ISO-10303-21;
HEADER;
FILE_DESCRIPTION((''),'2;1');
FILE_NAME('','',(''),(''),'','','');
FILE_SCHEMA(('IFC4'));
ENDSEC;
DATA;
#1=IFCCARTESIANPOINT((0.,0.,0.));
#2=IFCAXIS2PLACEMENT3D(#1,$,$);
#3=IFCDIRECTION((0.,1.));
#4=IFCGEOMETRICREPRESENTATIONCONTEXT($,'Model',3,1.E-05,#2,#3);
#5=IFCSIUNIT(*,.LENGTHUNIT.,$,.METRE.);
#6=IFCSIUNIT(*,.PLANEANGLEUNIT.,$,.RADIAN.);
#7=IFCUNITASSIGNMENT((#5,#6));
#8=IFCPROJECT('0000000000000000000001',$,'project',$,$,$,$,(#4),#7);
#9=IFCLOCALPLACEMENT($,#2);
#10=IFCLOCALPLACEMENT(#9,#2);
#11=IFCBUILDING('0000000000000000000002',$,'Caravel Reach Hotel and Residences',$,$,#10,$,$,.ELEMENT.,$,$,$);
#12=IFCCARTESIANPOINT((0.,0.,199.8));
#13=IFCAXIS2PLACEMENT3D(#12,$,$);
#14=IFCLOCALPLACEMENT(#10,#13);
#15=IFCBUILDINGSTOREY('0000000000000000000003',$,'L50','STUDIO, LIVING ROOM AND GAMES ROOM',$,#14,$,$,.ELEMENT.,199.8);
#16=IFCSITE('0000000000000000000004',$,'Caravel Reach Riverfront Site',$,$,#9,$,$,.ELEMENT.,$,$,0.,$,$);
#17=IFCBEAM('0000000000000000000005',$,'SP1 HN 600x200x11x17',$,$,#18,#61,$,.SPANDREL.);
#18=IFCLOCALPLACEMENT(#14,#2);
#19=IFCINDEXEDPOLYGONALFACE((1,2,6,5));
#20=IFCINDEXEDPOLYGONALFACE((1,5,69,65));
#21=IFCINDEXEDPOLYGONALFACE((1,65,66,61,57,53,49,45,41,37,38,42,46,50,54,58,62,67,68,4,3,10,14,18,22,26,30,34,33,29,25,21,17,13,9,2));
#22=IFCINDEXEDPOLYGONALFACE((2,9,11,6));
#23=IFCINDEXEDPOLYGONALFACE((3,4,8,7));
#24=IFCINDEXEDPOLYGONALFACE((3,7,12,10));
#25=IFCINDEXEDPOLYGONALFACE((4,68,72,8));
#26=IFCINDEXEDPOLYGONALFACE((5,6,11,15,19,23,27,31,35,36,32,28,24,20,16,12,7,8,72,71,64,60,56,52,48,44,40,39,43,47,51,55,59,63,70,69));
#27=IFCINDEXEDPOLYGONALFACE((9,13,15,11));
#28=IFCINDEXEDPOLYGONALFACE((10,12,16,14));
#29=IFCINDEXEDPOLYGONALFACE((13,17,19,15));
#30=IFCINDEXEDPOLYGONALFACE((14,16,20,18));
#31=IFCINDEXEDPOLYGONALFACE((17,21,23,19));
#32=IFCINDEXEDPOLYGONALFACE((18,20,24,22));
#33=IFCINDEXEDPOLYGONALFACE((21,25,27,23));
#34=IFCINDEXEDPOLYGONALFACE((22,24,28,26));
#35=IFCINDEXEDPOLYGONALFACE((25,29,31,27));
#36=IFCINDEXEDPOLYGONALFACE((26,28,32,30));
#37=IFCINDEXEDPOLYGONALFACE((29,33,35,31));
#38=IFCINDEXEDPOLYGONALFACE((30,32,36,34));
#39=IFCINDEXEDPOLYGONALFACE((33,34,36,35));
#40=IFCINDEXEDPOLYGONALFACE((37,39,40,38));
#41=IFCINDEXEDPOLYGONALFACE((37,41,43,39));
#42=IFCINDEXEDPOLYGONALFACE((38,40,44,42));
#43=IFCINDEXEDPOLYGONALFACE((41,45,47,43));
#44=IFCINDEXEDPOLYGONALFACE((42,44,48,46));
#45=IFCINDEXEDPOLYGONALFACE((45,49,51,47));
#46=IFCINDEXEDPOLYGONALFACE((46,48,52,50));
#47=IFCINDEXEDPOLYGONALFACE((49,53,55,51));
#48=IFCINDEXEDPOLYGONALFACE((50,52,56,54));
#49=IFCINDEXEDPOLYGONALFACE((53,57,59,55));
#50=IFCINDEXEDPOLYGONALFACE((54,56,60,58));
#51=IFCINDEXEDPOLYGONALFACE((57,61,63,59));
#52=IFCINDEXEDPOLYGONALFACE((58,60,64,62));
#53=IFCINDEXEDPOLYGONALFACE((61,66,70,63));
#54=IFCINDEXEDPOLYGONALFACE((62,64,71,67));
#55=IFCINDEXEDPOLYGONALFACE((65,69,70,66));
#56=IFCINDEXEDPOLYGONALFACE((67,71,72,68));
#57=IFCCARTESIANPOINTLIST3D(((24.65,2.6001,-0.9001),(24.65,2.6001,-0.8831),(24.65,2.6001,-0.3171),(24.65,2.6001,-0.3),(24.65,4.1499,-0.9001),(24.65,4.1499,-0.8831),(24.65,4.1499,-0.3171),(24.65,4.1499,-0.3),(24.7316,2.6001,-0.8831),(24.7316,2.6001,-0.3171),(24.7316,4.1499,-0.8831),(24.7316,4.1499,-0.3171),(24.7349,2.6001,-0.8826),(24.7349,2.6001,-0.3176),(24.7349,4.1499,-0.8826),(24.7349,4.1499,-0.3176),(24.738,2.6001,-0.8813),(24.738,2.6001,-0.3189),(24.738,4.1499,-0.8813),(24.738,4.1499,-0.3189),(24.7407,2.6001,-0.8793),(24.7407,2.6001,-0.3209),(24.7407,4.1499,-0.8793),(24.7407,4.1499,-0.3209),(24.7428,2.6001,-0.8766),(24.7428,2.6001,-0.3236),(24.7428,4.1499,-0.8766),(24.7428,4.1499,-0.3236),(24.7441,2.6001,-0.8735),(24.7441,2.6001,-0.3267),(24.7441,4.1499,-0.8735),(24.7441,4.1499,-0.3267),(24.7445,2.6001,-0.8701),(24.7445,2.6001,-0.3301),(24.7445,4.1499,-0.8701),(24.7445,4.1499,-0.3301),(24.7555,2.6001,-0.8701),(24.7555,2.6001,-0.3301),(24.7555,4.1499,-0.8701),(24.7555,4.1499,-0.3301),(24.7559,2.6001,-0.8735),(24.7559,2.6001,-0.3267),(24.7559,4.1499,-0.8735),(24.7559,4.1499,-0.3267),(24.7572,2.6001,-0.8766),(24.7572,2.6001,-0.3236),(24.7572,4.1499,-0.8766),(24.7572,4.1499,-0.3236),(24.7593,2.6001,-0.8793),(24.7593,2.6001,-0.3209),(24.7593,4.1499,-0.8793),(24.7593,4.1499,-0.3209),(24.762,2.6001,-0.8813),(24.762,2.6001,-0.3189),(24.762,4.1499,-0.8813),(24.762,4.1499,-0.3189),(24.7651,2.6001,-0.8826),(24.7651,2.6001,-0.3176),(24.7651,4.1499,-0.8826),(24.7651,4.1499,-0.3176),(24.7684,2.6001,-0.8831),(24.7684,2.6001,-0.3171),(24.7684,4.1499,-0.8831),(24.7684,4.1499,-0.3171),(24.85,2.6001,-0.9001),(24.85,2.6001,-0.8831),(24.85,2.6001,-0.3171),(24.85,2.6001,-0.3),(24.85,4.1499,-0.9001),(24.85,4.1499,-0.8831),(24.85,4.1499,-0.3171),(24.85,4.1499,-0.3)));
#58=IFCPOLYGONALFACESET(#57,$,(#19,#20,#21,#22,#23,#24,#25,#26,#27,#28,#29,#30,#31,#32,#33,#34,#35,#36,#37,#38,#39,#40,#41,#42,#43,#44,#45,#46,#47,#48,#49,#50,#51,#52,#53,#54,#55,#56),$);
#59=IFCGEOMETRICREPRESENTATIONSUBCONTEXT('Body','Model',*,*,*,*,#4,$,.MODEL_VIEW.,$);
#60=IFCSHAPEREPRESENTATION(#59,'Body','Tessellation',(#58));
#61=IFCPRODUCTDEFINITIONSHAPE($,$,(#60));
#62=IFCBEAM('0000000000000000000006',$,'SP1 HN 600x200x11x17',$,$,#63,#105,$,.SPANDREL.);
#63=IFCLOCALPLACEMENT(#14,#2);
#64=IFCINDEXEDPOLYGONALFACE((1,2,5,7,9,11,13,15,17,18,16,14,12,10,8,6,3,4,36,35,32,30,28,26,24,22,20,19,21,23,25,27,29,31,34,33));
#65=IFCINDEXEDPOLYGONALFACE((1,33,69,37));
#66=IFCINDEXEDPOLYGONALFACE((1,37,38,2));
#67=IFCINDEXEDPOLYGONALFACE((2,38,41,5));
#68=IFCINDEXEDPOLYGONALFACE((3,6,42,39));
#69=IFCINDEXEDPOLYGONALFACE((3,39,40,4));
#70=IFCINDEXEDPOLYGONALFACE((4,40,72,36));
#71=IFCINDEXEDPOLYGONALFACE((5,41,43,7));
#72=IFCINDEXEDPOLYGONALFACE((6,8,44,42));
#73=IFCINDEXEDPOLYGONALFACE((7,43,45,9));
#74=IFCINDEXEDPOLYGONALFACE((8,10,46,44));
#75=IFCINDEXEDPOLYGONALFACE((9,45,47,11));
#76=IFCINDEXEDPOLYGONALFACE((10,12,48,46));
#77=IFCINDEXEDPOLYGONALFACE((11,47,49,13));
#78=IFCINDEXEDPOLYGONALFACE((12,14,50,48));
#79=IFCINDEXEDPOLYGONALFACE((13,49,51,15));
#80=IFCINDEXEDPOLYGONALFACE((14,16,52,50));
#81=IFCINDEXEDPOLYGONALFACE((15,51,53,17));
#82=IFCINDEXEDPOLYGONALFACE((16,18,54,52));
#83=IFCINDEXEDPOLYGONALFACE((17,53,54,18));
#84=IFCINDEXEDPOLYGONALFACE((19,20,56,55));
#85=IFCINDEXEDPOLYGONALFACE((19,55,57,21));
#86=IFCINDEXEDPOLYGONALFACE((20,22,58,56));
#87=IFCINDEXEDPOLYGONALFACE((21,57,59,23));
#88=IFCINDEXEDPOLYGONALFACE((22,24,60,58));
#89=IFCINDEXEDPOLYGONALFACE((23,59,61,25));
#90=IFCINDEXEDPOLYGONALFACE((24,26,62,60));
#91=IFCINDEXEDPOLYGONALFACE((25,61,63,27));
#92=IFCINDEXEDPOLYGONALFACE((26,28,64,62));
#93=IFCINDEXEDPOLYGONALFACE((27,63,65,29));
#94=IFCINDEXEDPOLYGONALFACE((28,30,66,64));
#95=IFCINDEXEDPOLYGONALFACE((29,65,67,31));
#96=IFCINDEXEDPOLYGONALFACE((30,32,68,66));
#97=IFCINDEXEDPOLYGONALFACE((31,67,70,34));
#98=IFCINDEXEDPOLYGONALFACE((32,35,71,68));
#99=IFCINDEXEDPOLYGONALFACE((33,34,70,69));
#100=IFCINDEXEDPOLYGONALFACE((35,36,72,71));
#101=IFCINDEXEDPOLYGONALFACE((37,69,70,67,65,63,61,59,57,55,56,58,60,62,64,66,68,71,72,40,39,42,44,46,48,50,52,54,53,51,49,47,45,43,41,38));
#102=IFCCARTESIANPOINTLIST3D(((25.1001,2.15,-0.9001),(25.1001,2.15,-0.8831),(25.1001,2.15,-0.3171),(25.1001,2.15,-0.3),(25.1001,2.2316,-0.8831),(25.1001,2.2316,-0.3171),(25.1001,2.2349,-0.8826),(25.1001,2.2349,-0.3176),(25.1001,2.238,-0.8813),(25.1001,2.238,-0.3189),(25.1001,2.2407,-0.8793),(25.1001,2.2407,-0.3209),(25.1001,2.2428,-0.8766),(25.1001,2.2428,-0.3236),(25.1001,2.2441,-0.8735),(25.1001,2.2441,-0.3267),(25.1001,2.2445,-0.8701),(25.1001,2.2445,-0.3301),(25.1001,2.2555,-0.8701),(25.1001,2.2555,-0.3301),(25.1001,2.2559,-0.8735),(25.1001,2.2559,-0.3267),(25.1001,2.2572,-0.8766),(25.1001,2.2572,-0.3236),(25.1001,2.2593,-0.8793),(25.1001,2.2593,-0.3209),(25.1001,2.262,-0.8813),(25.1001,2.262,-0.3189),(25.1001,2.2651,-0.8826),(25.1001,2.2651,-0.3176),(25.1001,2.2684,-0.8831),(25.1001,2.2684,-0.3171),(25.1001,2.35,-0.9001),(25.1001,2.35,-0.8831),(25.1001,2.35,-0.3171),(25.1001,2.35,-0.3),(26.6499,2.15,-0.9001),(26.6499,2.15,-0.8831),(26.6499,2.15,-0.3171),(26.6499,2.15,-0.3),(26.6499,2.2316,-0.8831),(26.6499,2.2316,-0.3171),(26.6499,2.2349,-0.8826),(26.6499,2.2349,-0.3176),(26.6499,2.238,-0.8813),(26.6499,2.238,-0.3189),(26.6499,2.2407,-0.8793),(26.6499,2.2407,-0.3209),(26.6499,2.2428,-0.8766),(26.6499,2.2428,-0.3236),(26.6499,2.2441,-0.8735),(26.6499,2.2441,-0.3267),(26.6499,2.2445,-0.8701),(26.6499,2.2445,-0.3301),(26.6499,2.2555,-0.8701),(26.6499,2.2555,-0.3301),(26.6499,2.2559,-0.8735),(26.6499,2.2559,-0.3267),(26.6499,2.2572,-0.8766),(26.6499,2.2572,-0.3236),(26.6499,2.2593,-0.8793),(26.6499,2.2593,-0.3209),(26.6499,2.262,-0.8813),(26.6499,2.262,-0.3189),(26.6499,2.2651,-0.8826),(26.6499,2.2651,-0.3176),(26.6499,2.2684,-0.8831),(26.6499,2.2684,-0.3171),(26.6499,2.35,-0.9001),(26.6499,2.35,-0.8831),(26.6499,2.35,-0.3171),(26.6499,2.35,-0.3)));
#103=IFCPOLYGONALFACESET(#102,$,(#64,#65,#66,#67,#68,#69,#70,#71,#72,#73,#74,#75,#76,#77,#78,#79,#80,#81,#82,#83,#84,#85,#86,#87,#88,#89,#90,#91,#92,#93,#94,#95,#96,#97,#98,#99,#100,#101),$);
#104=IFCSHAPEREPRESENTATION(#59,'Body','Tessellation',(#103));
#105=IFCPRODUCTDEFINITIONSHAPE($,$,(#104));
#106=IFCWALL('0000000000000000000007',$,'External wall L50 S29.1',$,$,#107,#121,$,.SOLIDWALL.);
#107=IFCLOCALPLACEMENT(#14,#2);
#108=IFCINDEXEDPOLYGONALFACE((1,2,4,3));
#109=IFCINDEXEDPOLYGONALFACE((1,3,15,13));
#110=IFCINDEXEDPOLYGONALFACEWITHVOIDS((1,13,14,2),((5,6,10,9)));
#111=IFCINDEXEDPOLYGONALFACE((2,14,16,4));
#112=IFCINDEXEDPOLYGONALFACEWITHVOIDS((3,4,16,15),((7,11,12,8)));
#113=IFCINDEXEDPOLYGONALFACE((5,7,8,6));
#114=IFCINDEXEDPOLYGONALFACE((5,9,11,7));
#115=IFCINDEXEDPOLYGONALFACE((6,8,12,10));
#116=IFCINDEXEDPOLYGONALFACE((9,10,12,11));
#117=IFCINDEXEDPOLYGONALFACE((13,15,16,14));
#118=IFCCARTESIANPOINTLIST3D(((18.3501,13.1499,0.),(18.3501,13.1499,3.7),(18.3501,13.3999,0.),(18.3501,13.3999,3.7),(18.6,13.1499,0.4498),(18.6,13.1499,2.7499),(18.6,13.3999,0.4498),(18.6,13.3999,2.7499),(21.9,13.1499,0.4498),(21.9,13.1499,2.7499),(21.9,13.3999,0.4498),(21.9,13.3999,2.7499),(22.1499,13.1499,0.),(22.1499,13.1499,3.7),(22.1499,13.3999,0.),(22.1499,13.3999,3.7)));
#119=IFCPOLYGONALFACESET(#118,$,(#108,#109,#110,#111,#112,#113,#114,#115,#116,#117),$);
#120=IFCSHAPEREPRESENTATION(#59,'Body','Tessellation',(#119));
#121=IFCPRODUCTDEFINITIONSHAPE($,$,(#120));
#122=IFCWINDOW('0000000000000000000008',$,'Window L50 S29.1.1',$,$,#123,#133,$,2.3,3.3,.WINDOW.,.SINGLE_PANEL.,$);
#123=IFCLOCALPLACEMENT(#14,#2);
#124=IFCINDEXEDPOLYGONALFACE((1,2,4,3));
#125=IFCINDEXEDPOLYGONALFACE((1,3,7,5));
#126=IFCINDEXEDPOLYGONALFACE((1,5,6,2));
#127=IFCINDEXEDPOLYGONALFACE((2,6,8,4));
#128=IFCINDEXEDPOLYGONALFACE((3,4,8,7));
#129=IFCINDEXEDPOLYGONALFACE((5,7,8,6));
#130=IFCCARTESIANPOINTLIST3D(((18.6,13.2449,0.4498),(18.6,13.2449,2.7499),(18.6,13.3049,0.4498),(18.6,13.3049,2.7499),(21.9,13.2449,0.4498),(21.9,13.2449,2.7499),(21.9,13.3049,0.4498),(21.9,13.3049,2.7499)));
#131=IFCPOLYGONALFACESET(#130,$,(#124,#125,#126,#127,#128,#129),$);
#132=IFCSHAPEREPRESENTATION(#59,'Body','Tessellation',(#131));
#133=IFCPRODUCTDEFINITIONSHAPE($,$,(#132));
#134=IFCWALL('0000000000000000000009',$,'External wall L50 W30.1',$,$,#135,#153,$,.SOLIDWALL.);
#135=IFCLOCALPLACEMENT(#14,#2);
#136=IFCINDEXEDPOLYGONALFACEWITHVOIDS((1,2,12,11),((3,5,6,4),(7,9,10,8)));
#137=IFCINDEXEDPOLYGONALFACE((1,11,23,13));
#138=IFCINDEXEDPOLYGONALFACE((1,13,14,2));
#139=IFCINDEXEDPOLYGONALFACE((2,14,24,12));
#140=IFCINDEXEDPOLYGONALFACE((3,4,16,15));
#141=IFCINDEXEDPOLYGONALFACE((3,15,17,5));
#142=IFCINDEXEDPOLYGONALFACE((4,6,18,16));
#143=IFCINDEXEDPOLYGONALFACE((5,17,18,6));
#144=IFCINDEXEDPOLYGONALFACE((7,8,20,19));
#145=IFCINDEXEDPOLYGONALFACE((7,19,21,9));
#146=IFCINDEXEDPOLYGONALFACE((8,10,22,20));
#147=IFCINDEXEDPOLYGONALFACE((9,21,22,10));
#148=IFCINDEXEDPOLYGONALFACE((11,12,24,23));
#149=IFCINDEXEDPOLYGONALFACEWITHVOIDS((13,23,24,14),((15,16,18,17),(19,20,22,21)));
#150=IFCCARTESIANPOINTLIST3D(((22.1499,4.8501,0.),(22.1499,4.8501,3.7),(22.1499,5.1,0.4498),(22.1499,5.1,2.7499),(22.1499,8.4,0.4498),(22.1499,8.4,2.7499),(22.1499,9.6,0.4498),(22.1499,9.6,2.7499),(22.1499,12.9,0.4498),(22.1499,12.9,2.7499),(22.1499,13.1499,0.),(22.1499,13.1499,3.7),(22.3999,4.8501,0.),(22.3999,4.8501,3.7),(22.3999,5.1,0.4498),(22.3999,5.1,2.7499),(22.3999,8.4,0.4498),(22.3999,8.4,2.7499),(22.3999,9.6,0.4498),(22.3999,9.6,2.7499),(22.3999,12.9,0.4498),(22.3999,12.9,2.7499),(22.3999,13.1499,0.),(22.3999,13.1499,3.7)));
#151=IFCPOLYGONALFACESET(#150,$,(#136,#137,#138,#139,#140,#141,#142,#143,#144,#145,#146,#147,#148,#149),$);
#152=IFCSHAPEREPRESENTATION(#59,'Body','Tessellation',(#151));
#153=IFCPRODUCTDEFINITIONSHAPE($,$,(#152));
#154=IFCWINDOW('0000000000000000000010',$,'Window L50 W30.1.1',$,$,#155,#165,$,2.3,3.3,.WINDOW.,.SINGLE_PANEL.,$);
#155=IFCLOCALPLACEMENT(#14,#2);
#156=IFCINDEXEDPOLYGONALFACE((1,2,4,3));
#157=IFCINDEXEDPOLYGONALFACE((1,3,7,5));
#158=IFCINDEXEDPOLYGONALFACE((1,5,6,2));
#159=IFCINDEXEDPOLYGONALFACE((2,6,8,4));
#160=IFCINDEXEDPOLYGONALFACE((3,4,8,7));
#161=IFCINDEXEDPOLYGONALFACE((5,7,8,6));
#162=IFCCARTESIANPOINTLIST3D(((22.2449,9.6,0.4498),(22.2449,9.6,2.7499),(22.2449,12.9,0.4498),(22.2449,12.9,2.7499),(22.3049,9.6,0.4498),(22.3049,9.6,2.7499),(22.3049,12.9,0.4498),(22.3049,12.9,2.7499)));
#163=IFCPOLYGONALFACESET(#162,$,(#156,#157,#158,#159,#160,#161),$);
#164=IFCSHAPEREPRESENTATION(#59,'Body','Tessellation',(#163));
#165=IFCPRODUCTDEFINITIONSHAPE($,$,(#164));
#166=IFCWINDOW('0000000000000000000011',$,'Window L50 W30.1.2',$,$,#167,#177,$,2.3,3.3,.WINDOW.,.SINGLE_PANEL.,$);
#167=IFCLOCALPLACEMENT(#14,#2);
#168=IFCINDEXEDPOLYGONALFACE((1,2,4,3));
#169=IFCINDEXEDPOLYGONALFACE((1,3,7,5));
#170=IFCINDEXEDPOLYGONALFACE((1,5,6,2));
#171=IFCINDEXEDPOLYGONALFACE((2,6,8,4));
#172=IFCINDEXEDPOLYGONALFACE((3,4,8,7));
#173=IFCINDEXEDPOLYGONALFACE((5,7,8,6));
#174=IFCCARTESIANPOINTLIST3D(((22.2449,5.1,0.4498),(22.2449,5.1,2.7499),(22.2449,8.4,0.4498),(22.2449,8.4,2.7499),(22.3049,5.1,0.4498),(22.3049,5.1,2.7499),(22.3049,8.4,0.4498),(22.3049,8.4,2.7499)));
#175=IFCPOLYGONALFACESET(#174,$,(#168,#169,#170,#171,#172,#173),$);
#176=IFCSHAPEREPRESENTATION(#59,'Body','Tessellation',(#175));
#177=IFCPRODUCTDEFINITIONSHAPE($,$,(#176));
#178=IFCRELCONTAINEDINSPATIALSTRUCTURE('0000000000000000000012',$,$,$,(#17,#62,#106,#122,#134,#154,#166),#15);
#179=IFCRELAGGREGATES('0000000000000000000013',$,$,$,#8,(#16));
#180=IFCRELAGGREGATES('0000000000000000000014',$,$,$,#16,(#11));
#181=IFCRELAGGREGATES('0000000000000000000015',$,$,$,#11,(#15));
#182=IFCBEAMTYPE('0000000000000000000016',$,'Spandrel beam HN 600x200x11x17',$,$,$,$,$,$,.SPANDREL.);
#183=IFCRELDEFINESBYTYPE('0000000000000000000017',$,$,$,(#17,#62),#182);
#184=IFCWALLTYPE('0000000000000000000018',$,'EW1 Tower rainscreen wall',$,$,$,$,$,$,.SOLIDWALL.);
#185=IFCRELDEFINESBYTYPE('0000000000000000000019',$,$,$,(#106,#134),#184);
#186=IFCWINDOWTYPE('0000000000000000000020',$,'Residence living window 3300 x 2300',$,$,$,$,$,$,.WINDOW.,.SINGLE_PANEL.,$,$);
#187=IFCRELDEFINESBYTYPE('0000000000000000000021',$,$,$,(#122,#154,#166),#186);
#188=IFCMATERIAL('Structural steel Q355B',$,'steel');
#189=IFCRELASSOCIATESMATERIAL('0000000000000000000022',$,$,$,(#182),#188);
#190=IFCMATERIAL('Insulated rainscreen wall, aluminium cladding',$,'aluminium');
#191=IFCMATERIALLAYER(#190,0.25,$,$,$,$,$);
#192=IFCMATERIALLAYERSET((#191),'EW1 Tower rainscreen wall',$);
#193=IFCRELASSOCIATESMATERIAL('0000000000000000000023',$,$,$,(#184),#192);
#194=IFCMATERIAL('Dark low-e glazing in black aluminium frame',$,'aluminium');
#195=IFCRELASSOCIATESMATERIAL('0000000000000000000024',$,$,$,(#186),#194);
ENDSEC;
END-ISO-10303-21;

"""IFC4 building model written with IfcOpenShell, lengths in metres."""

from ifc_helpers import new_model, si_unit, direction, frame, frame_2d, origin, origin_2d, place, context, subcontext, project, spatial, rectangle, i_section, extrude, material, layer, layer_set, material_profile, profile_set, type_object, element, fill, save


model = new_model("IFC4")

# Units and contexts
model_context = context("Model", 3, precision=1e-05, world=origin(), true_north=direction((0.0, 1.0)))
body_context = subcontext(model_context, "Body", "Model", "MODEL_VIEW")
ifc_project = project(units=[si_unit("LENGTHUNIT", "METRE"), si_unit("PLANEANGLEUNIT", "RADIAN")], contexts=[model_context])

# Site, building, storey
site_placement = place(None, origin())
site = spatial("IfcSite", under=ifc_project, at=site_placement, Name="Caravel Reach Riverfront Site", CompositionType="ELEMENT", RefElevation=0.0)
building_placement = place(site_placement, origin())
building = spatial("IfcBuilding", under=site, at=building_placement, Name="Caravel Reach Hotel and Residences", CompositionType="ELEMENT")
storey_placement = place(building_placement, frame((0.0, 0.0, 199.8)))
storey = spatial("IfcBuildingStorey", under=building, at=storey_placement, Name="L50", Description="STUDIO, LIVING ROOM AND GAMES ROOM", CompositionType="ELEMENT", Elevation=199.8)

# Beams
ifc_material_1 = material(Name="Structural steel Q355B", Category="steel")
ifc_material_profile_1 = material_profile(ifc_material_1, i_section(OverallWidth=0.2, OverallDepth=0.6001, WebThickness=0.011, FlangeThickness=0.0171, FilletRadius=0.0129, at=origin_2d()), Name="HN 600x200x11x17")
ifc_profile_set_1 = profile_set([ifc_material_profile_1], Name="Structural steel Q355B")
beam_type = type_object("IfcBeamType", Name="Spandrel beam HN 600x200x11x17", PredefinedType="SPANDREL", material=ifc_profile_set_1)
for number, where, z_axis, x_axis, name in (
    (1, (24.75, 4.1499, -0.6001), (0.0, -1.0, 0.0), (1.0, 0.0, 0.0), "SP1 HN 600x200x11x17"),
    (2, (25.1001, 2.25, -0.6001), (1.0, 0.0, 0.0), (0.0, 1.0, 0.0), "SP1 HN 600x200x11x17"),
):
    element("IfcBeam", number, at=place(storey_placement, frame(where, z_axis=z_axis, x_axis=x_axis)), inside=storey, type_object=beam_type, Name=name, PredefinedType="SPANDREL", context=body_context, shape_type="SweptSolid", body=[
        extrude(i_section(OverallWidth=0.2, OverallDepth=0.6001, WebThickness=0.011, FlangeThickness=0.0171, FilletRadius=0.0129, at=origin_2d()), origin(), (0.0, 0.0, 1.0), 1.5498),
    ])

# Wall, opening, window
ifc_material_2 = material(Name="Insulated rainscreen wall, aluminium cladding", Category="aluminium")
ifc_layer_1 = layer(ifc_material_2, 0.25)
ifc_layer_set_1 = layer_set([ifc_layer_1], Name="EW1 Tower rainscreen wall")
wall_type_1 = type_object("IfcWallType", Name="EW1 Tower rainscreen wall", PredefinedType="SOLIDWALL", material=ifc_layer_set_1)
wall_1_placement = place(storey_placement, frame((18.3501, 13.2749, 0.0), z_axis=(0.0, 0.0, 1.0), x_axis=(1.0, 0.0, 0.0)))
wall_1 = element("IfcWall", 3, at=wall_1_placement, inside=storey, type_object=wall_type_1, Name="External wall L50 S29.1", PredefinedType="SOLIDWALL", context=body_context, shape_type="SweptSolid", body=[
    extrude(rectangle(XDim=3.7998, YDim=0.25, at=frame_2d((1.8999, 0.0))), origin(), (0.0, 0.0, 1.0), 3.7),
])
opening_1_placement = place(wall_1_placement, frame((0.25, 0.0, 0.45)))
opening_1 = element("IfcOpeningElement", 4, at=opening_1_placement, cuts=wall_1, PredefinedType="OPENING", context=body_context, shape_type="SweptSolid", body=[
    extrude(rectangle(XDim=3.3, YDim=2.3, at=frame_2d((1.6499, 1.1499))), frame((0.0, 0.135, 0.0), z_axis=(0.0, -1.0, 0.0), x_axis=(1.0, 0.0, 0.0)), (0.0, 0.0, 1.0), 0.27),
])
ifc_material_3 = material(Name="Dark low-e glazing in black aluminium frame", Category="aluminium")
window_type_1 = type_object("IfcWindowType", Name="Residence living window 3300 x 2300", PartitioningType="SINGLE_PANEL", PredefinedType="WINDOW", material=ifc_material_3)
window_1_placement = place(opening_1_placement, origin())
window_1 = element("IfcWindow", 5, at=window_1_placement, inside=storey, type_object=window_type_1, Name="Window L50 S29.1.1", OverallHeight=2.3, OverallWidth=3.3, PartitioningType="SINGLE_PANEL", PredefinedType="WINDOW", context=body_context, shape_type="SweptSolid", body=[
    extrude(rectangle(XDim=3.3, YDim=2.3, at=frame_2d((1.6499, 1.1499))), frame((0.0, 0.03, 0.0), z_axis=(0.0, -1.0, 0.0), x_axis=(1.0, 0.0, 0.0)), (0.0, 0.0, 1.0), 0.0601),
])
fill(opening_1, window_1)

# Wall, openings, windows
wall_2_placement = place(storey_placement, frame((22.2749, 13.1499, 0.0), z_axis=(0.0, 0.0, 1.0), x_axis=(0.0, -1.0, 0.0)))
wall_2 = element("IfcWall", 6, at=wall_2_placement, inside=storey, type_object=wall_type_1, Name="External wall L50 W30.1", PredefinedType="SOLIDWALL", context=body_context, shape_type="SweptSolid", body=[
    extrude(rectangle(XDim=8.2998, YDim=0.25, at=frame_2d((4.1499, 0.0))), origin(), (0.0, 0.0, 1.0), 3.7),
])
opening_2_placement = place(wall_2_placement, frame((0.25, 0.0, 0.45)))
opening_2 = element("IfcOpeningElement", 7, at=opening_2_placement, cuts=wall_2, PredefinedType="OPENING", context=body_context, shape_type="SweptSolid", body=[
    extrude(rectangle(XDim=3.3, YDim=2.3, at=frame_2d((1.6499, 1.1499))), frame((0.0, 0.135, 0.0), z_axis=(0.0, -1.0, 0.0), x_axis=(1.0, 0.0, 0.0)), (0.0, 0.0, 1.0), 0.27),
])
opening_3_placement = place(wall_2_placement, frame((4.75, 0.0, 0.45)))
opening_3 = element("IfcOpeningElement", 8, at=opening_3_placement, cuts=wall_2, PredefinedType="OPENING", context=body_context, shape_type="SweptSolid", body=[
    extrude(rectangle(XDim=3.3, YDim=2.3, at=frame_2d((1.6499, 1.1499))), frame((0.0, 0.135, 0.0), z_axis=(0.0, -1.0, 0.0), x_axis=(1.0, 0.0, 0.0)), (0.0, 0.0, 1.0), 0.27),
])
window_2_placement = place(opening_2_placement, origin())
window_2 = element("IfcWindow", 9, at=window_2_placement, inside=storey, type_object=window_type_1, Name="Window L50 W30.1.1", OverallHeight=2.3, OverallWidth=3.3, PartitioningType="SINGLE_PANEL", PredefinedType="WINDOW", context=body_context, shape_type="SweptSolid", body=[
    extrude(rectangle(XDim=3.3, YDim=2.3, at=frame_2d((1.6499, 1.1499))), frame((0.0, 0.03, 0.0), z_axis=(0.0, -1.0, 0.0), x_axis=(1.0, 0.0, 0.0)), (0.0, 0.0, 1.0), 0.0601),
])
fill(opening_2, window_2)
window_3_placement = place(opening_3_placement, origin())
window_3 = element("IfcWindow", 10, at=window_3_placement, inside=storey, type_object=window_type_1, Name="Window L50 W30.1.2", OverallHeight=2.3, OverallWidth=3.3, PartitioningType="SINGLE_PANEL", PredefinedType="WINDOW", context=body_context, shape_type="SweptSolid", body=[
    extrude(rectangle(XDim=3.3, YDim=2.3, at=frame_2d((1.6499, 1.1499))), frame((0.0, 0.03, 0.0), z_axis=(0.0, -1.0, 0.0), x_axis=(1.0, 0.0, 0.0)), (0.0, 0.0, 1.0), 0.0601),
])
fill(opening_3, window_3)

save(model, "model.ifc")
